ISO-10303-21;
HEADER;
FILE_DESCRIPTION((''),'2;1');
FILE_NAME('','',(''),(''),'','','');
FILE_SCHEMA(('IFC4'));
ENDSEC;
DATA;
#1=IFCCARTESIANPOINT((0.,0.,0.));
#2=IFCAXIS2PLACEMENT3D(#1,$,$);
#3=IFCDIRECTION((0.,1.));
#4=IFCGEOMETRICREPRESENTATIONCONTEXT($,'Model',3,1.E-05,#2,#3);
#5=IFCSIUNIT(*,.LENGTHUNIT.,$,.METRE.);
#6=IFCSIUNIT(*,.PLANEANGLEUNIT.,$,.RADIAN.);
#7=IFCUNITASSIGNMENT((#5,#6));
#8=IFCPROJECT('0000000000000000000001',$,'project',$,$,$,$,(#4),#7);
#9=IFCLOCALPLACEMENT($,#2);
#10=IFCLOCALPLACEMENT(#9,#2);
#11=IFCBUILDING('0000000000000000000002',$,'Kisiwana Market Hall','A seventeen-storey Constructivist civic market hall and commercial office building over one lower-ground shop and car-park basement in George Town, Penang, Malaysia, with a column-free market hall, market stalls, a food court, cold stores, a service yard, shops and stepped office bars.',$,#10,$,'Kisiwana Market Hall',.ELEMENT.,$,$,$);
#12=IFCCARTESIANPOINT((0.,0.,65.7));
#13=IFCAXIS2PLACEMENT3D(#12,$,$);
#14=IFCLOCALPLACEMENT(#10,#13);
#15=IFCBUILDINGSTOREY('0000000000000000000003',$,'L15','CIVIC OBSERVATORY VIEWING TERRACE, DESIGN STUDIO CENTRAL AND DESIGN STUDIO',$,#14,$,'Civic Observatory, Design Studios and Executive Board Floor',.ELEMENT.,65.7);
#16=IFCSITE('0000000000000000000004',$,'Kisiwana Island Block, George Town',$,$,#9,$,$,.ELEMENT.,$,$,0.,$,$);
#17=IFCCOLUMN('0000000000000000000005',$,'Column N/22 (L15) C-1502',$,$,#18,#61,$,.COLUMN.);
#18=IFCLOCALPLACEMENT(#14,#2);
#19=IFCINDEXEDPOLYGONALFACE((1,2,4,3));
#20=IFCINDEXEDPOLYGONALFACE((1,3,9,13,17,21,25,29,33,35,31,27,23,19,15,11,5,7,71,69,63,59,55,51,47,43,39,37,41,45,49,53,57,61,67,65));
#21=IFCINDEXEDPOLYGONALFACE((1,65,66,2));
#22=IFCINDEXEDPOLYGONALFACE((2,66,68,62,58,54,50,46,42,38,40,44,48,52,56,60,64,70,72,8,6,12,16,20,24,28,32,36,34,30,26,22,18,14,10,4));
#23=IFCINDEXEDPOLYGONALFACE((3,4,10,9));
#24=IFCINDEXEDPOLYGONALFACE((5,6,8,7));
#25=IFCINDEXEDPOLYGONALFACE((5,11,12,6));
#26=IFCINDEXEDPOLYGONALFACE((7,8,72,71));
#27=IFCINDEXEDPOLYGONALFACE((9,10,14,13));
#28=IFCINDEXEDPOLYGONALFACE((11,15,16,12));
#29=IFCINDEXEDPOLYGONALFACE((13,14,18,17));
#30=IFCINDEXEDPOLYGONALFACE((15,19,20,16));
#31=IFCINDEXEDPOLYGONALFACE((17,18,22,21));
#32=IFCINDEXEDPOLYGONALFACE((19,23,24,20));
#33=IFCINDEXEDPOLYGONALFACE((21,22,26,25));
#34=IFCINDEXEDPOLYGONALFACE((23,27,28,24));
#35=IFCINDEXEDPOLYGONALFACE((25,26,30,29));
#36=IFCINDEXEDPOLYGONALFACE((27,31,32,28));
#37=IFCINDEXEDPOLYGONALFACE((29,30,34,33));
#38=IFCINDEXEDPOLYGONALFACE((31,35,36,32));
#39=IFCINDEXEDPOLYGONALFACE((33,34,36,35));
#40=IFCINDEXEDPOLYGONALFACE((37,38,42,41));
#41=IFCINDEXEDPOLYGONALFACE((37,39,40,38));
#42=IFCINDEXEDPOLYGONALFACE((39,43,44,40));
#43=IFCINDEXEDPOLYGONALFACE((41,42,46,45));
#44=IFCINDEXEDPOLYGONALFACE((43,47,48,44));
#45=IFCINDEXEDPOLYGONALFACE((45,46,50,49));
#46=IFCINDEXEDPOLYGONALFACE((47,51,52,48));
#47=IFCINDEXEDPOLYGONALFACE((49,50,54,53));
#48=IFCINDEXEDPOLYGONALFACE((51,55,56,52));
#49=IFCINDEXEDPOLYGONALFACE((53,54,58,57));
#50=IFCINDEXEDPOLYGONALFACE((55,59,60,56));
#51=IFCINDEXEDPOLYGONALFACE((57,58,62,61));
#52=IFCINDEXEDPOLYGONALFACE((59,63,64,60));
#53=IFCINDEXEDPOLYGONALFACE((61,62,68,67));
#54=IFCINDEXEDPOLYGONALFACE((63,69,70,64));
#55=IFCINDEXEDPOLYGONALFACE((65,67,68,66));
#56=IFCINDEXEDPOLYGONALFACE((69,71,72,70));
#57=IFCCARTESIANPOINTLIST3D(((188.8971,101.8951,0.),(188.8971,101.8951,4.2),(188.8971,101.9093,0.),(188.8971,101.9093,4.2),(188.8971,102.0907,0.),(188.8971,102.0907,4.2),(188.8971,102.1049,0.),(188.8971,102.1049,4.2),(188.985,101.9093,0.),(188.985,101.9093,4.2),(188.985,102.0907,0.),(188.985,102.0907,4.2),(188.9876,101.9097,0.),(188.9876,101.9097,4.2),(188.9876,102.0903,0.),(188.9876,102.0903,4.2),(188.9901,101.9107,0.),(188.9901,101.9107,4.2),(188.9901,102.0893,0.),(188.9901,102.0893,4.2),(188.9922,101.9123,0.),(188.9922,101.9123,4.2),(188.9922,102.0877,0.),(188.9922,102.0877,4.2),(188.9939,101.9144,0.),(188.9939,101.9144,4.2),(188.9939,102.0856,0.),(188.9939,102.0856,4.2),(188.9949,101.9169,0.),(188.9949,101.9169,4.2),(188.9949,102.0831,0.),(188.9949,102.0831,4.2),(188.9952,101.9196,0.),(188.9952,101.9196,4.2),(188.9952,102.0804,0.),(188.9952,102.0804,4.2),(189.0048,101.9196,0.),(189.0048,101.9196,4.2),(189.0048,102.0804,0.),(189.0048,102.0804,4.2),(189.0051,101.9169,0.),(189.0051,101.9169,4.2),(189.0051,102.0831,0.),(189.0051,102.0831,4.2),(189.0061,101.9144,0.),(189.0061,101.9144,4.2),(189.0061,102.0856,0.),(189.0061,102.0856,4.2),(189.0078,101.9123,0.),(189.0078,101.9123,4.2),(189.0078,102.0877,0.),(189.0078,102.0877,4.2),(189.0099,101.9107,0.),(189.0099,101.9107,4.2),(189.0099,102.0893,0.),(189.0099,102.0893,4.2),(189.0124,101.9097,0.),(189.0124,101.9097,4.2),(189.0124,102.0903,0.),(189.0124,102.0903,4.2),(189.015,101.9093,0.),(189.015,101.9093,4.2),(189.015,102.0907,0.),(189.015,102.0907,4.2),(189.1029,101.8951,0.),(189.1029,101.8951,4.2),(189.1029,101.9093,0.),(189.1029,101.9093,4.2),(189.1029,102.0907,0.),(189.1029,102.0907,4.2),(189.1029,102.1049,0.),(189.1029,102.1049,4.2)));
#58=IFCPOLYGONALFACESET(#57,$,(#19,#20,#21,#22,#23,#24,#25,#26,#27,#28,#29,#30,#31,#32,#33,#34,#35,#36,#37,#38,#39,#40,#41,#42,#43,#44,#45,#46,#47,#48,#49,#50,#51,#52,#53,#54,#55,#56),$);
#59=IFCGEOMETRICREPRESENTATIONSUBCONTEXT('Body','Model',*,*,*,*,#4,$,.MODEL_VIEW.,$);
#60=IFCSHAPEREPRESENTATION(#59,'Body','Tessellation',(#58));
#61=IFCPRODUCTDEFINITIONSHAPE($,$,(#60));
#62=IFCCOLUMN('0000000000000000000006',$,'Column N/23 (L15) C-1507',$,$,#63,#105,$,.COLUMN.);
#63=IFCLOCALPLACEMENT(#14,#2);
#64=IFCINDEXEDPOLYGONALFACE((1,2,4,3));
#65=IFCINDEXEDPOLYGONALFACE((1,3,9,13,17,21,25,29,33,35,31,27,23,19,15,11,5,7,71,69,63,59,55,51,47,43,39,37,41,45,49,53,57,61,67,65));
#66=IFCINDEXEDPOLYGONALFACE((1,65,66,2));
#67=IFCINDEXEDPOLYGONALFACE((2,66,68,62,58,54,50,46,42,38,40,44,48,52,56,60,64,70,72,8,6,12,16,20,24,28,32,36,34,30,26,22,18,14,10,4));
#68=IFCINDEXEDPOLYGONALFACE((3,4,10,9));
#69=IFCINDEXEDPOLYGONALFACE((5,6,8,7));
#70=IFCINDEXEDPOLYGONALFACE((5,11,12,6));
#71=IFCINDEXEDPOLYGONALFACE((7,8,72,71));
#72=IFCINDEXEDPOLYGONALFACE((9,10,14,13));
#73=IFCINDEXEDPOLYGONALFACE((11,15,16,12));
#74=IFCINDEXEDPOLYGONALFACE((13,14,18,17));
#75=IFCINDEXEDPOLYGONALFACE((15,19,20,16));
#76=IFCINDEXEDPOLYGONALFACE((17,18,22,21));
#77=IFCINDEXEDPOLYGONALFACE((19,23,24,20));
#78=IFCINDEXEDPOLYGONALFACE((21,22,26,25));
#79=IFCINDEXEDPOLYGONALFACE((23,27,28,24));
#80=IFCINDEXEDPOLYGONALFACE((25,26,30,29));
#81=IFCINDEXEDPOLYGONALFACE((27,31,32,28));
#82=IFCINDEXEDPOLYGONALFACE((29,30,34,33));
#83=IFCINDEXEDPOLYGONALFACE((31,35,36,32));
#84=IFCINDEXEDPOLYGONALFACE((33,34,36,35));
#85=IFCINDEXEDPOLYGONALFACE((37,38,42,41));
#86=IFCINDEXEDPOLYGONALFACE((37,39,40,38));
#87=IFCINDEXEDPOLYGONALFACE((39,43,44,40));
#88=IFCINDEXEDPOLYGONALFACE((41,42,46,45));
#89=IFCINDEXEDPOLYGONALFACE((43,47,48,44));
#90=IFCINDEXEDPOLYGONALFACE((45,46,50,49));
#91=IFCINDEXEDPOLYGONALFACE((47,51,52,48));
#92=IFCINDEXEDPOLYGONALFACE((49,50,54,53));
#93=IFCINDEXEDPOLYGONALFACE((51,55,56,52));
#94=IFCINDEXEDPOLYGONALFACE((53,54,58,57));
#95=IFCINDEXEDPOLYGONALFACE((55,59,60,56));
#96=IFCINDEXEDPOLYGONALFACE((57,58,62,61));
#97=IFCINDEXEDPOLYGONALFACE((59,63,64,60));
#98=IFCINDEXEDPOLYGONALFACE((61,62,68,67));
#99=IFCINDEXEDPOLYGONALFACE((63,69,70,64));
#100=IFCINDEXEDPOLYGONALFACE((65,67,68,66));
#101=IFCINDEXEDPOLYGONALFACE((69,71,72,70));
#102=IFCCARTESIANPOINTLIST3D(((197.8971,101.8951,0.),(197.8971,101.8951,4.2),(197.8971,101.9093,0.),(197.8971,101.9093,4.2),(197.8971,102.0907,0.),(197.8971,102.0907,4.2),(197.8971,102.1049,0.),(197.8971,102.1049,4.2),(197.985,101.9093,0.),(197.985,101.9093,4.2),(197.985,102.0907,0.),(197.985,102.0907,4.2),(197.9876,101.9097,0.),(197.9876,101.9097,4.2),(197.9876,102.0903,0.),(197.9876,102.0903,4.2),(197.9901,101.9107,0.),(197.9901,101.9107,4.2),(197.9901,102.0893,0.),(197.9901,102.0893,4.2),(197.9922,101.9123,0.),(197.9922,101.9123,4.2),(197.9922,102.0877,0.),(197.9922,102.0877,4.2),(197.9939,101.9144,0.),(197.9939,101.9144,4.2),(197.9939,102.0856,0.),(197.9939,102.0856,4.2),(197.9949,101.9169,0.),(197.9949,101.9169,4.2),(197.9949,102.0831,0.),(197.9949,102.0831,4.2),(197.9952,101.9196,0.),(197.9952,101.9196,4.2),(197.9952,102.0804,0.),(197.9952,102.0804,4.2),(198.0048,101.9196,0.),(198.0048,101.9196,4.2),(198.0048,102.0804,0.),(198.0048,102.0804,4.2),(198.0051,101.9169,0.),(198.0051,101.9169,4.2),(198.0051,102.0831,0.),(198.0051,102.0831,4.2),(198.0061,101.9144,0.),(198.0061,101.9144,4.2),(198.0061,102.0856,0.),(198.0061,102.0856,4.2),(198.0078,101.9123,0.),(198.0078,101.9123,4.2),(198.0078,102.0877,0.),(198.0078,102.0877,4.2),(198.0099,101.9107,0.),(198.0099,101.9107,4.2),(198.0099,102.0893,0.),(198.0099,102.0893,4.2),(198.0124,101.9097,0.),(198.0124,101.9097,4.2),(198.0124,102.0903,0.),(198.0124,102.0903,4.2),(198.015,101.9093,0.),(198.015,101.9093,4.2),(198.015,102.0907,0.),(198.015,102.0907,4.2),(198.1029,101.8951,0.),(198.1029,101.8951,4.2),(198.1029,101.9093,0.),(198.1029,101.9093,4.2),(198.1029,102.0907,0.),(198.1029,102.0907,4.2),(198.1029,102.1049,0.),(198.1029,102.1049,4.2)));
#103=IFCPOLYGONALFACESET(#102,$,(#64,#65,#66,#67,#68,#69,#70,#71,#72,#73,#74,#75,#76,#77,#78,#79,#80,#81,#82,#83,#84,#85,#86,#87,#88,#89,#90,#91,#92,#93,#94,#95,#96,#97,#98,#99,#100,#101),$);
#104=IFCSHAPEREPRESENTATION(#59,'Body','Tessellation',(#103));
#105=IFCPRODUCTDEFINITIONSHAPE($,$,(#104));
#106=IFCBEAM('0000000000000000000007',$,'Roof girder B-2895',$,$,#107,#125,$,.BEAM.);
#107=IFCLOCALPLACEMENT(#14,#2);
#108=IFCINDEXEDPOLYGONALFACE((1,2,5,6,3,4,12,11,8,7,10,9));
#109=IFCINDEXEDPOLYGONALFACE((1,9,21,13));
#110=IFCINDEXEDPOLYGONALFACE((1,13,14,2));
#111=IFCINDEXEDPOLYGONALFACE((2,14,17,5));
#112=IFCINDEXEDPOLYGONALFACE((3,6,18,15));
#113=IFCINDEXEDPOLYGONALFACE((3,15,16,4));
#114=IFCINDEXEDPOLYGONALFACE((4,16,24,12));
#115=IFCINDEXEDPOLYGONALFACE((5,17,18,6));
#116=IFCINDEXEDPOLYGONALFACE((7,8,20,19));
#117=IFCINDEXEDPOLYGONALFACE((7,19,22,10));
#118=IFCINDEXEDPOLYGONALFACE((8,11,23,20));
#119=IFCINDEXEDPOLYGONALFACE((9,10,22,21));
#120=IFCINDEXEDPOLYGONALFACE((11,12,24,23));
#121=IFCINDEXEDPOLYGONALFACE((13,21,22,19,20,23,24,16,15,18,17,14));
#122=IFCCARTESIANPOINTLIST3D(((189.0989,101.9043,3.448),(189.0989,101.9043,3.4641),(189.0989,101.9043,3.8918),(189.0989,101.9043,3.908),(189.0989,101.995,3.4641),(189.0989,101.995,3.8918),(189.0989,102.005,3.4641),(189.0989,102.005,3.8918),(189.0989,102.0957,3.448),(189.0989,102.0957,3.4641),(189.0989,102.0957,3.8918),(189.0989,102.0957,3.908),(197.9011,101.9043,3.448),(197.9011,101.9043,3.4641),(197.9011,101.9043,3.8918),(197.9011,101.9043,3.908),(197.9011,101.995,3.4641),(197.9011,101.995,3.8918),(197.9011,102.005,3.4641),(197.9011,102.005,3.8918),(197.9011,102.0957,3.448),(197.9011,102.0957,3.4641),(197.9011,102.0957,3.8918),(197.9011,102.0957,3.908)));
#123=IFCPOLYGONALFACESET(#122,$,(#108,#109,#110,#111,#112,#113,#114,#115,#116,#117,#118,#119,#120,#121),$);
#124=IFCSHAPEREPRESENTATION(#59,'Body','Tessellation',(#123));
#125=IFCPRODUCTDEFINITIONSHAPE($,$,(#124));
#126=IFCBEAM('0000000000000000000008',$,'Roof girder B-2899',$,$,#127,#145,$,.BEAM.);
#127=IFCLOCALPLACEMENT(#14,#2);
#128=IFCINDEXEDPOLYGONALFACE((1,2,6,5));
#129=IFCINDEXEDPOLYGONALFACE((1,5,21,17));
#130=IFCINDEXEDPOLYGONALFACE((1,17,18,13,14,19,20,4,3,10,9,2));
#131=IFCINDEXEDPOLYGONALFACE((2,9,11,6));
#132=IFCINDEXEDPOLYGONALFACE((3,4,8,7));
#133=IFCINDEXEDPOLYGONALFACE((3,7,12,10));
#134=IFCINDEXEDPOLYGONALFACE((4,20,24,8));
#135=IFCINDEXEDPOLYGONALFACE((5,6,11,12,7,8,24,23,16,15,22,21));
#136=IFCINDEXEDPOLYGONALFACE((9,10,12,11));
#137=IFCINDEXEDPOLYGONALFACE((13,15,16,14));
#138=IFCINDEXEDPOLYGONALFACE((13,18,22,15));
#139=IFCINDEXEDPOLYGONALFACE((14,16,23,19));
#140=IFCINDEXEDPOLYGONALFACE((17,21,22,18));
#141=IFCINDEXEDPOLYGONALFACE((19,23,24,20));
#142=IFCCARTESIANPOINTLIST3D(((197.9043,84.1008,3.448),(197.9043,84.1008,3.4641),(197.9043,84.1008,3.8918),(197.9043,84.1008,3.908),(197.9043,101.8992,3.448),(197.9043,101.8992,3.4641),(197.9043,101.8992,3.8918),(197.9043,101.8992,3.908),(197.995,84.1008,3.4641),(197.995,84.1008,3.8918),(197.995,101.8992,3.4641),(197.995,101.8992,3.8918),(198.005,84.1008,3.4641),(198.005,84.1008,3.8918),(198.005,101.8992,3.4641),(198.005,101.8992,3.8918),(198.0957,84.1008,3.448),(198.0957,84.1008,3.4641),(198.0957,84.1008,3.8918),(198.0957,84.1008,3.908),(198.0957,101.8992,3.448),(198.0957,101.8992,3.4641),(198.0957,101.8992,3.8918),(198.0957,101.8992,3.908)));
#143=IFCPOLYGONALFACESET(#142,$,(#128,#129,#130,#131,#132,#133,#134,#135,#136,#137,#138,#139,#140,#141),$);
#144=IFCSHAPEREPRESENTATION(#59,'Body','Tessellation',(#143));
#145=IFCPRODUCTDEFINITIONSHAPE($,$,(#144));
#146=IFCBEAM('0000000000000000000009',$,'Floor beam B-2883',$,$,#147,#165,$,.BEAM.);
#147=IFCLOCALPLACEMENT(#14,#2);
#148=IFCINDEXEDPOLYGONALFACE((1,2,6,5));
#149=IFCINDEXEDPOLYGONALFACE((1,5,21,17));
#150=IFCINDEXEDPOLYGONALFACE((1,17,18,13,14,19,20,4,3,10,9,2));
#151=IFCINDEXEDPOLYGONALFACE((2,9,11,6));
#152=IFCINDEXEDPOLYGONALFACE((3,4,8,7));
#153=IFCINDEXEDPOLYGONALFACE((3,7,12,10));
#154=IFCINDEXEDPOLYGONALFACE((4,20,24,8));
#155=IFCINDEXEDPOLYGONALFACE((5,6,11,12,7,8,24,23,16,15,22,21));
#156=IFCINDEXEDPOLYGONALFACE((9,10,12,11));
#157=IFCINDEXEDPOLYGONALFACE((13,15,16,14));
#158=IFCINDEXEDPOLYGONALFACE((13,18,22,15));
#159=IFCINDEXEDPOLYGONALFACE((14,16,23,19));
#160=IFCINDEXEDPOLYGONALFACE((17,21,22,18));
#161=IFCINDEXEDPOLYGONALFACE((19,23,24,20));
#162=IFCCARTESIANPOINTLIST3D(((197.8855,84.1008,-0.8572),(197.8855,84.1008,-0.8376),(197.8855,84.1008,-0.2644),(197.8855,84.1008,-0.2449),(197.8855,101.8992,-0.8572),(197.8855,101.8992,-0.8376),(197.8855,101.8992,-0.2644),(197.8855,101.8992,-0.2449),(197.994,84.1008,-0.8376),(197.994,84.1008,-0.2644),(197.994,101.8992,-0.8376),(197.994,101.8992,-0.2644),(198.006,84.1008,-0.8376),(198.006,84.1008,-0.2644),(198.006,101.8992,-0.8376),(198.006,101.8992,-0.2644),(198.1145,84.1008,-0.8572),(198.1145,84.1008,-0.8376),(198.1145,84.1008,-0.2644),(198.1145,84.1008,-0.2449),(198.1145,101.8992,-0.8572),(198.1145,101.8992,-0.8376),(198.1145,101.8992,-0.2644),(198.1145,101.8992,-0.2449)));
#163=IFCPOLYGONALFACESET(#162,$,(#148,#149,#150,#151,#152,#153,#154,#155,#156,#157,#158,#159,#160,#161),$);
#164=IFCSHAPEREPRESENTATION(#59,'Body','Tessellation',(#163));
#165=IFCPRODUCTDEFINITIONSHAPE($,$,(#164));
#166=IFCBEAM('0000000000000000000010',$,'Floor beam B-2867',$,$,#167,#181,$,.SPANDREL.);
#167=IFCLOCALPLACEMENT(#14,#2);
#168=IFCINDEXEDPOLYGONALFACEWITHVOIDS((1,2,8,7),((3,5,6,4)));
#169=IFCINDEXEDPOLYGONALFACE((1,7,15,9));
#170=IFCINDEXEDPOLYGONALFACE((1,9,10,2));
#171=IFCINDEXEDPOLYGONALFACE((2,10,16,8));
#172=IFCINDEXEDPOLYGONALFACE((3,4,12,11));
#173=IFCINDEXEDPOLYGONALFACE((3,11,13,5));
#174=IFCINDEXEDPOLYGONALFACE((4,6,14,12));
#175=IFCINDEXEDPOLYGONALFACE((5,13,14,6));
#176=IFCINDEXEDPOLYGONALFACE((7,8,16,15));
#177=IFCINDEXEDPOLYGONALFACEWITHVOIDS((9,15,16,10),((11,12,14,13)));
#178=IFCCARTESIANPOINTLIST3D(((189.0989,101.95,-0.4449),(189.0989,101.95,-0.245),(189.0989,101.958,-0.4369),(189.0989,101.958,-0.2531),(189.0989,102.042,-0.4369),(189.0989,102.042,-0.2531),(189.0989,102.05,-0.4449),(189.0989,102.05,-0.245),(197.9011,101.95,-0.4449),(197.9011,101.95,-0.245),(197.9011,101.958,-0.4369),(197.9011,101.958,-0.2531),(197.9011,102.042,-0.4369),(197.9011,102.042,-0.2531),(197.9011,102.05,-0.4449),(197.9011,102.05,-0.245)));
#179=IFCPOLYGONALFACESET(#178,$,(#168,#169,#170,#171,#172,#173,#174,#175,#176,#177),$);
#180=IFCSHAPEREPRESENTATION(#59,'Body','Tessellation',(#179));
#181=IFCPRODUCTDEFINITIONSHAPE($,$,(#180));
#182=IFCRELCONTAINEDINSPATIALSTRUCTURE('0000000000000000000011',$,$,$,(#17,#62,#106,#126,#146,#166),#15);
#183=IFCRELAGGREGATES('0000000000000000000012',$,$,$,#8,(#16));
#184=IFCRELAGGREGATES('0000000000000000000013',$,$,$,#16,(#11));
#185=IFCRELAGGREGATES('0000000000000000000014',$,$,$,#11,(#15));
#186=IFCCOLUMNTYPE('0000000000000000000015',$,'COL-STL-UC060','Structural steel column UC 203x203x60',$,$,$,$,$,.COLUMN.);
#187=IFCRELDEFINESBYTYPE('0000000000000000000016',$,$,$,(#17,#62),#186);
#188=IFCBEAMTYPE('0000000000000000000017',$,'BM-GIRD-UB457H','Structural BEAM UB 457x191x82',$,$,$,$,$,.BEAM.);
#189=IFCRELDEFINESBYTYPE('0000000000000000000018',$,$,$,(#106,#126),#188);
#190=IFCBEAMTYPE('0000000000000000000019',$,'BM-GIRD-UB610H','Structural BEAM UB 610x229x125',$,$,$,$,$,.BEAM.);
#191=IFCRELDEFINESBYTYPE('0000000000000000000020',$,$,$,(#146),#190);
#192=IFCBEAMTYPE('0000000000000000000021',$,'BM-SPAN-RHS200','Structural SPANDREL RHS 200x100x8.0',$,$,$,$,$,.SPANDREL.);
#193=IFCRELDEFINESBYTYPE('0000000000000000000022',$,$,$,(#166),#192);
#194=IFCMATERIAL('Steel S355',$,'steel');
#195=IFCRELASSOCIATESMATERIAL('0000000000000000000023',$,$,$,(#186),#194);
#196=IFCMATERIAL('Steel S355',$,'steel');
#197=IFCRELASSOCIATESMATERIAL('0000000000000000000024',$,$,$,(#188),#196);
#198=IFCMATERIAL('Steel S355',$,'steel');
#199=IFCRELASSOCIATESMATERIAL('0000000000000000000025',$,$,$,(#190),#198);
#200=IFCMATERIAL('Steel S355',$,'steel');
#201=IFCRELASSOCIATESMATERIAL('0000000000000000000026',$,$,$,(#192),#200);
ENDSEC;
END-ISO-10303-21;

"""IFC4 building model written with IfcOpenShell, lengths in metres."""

from ifc_helpers import new_model, si_unit, direction, frame, origin, origin_2d, place, context, subcontext, project, spatial, hollow_rectangle, i_section, extrude, material, material_profile, profile_set, type_object, element, save


model = new_model("IFC4")

# Units and contexts
model_context = context("Model", 3, precision=1e-05, world=origin(), true_north=direction((0.0, 1.0)))
body_context = subcontext(model_context, "Body", "Model", "MODEL_VIEW")
ifc_project = project(units=[si_unit("LENGTHUNIT", "METRE"), si_unit("PLANEANGLEUNIT", "RADIAN")], contexts=[model_context])

# Site, building, storey
site_placement = place(None, origin())
site = spatial("IfcSite", under=ifc_project, at=site_placement, Name="Kisiwana Island Block, George Town", CompositionType="ELEMENT", RefElevation=0.0)
building_placement = place(site_placement, origin())
building = spatial("IfcBuilding", under=site, at=building_placement, Name="Kisiwana Market Hall", Description="A seventeen-storey Constructivist civic market hall and commercial office building over one lower-ground shop and car-park basement in George Town, Penang, Malaysia, with a column-free market hall, market stalls, a food court, cold stores, a service yard, shops and stepped office bars.", LongName="Kisiwana Market Hall", CompositionType="ELEMENT")
storey_placement = place(building_placement, frame((0.0, 0.0, 65.7)))
storey = spatial("IfcBuildingStorey", under=building, at=storey_placement, Name="L15", Description="CIVIC OBSERVATORY VIEWING TERRACE, DESIGN STUDIO CENTRAL AND DESIGN STUDIO", LongName="Civic Observatory, Design Studios and Executive Board Floor", CompositionType="ELEMENT", Elevation=65.7)

# Columns
ifc_material_1 = material(Name="Steel S355", Category="steel")
ifc_material_profile_1 = material_profile(ifc_material_1, i_section(OverallWidth=0.2058, OverallDepth=0.2097, WebThickness=0.0095, FlangeThickness=0.0142, FilletRadius=0.0103, at=origin_2d()), Name="UC 203x203x60")
ifc_profile_set_1 = profile_set([ifc_material_profile_1], Name="Steel S355")
column_type = type_object("IfcColumnType", Name="COL-STL-UC060", Description="Structural steel column UC 203x203x60", PredefinedType="COLUMN", material=ifc_profile_set_1)
for number, where, z_axis, x_axis, name in (
    (1, (189.0, 102.0, 0.0), (0.0, 0.0, 1.0), (1.0, 0.0, 0.0), "Column N/22 (L15) C-1502"),
    (2, (198.0, 102.0, 0.0), (0.0, 0.0, 1.0), (1.0, 0.0, 0.0), "Column N/23 (L15) C-1507"),
):
    element("IfcColumn", number, at=place(storey_placement, frame(where, z_axis=z_axis, x_axis=x_axis)), inside=storey, type_object=column_type, Name=name, PredefinedType="COLUMN", context=body_context, shape_type="SweptSolid", body=[
        extrude(i_section(OverallWidth=0.2058, OverallDepth=0.2097, WebThickness=0.0095, FlangeThickness=0.0142, FilletRadius=0.0103, at=origin_2d()), origin(), (0.0, 0.0, 1.0), 4.2),
    ])

# Beams
ifc_material_2 = material(Name="Steel S355", Category="steel")
ifc_material_profile_2 = material_profile(ifc_material_2, i_section(OverallWidth=0.1914, OverallDepth=0.46, WebThickness=0.01, FlangeThickness=0.0161, at=origin_2d()), Name="UB 457x191x82")
ifc_profile_set_2 = profile_set([ifc_material_profile_2], Name="Steel S355")
beam_type_1 = type_object("IfcBeamType", Name="BM-GIRD-UB457H", Description="Structural BEAM UB 457x191x82", PredefinedType="BEAM", material=ifc_profile_set_2)
beam_1_placement = place(storey_placement, frame((189.0989, 102.0, 3.678), z_axis=(1.0, 0.0, 0.0), x_axis=(0.0, 1.0, 0.0)))
element("IfcBeam", 3, at=beam_1_placement, inside=storey, type_object=beam_type_1, Name="Roof girder B-2895", PredefinedType="BEAM", context=body_context, shape_type="SweptSolid", body=[
    extrude(i_section(OverallWidth=0.1914, OverallDepth=0.46, WebThickness=0.01, FlangeThickness=0.0161, at=origin_2d()), origin(), (0.0, 0.0, 1.0), 8.8022),
])
beam_2_placement = place(storey_placement, frame((198.0, 84.1008, 3.678), z_axis=(0.0, 1.0, 0.0), x_axis=(-1.0, 0.0, 0.0)))
element("IfcBeam", 4, at=beam_2_placement, inside=storey, type_object=beam_type_1, Name="Roof girder B-2899", PredefinedType="BEAM", context=body_context, shape_type="SweptSolid", body=[
    extrude(i_section(OverallWidth=0.1914, OverallDepth=0.46, WebThickness=0.01, FlangeThickness=0.0161, at=origin_2d()), origin(), (0.0, 0.0, 1.0), 17.7983),
])
ifc_material_3 = material(Name="Steel S355", Category="steel")
ifc_material_profile_3 = material_profile(ifc_material_3, i_section(OverallWidth=0.229, OverallDepth=0.6123, WebThickness=0.012, FlangeThickness=0.0195, at=origin_2d()), Name="UB 610x229x125")
ifc_profile_set_3 = profile_set([ifc_material_profile_3], Name="Steel S355")
beam_type_2 = type_object("IfcBeamType", Name="BM-GIRD-UB610H", Description="Structural BEAM UB 610x229x125", PredefinedType="BEAM", material=ifc_profile_set_3)
beam_3_placement = place(storey_placement, frame((198.0, 84.1008, -0.551), z_axis=(0.0, 1.0, 0.0), x_axis=(-1.0, 0.0, 0.0)))
element("IfcBeam", 5, at=beam_3_placement, inside=storey, type_object=beam_type_2, Name="Floor beam B-2883", PredefinedType="BEAM", context=body_context, shape_type="SweptSolid", body=[
    extrude(i_section(OverallWidth=0.229, OverallDepth=0.6123, WebThickness=0.012, FlangeThickness=0.0195, at=origin_2d()), origin(), (0.0, 0.0, 1.0), 17.7983),
])
ifc_material_4 = material(Name="Steel S355", Category="steel")
ifc_material_profile_4 = material_profile(ifc_material_4, hollow_rectangle(XDim=0.1001, YDim=0.2, WallThickness=0.0081, at=origin_2d()), Name="RHS 200x100x8.0")
ifc_profile_set_4 = profile_set([ifc_material_profile_4], Name="Steel S355")
beam_type_3 = type_object("IfcBeamType", Name="BM-SPAN-RHS200", Description="Structural SPANDREL RHS 200x100x8.0", PredefinedType="SPANDREL", material=ifc_profile_set_4)
beam_4_placement = place(storey_placement, frame((189.0989, 102.0, -0.345), z_axis=(1.0, 0.0, 0.0), x_axis=(0.0, 1.0, 0.0)))
element("IfcBeam", 6, at=beam_4_placement, inside=storey, type_object=beam_type_3, Name="Floor beam B-2867", PredefinedType="SPANDREL", context=body_context, shape_type="SweptSolid", body=[
    extrude(hollow_rectangle(XDim=0.1001, YDim=0.2, WallThickness=0.0081, at=origin_2d()), origin(), (0.0, 0.0, 1.0), 8.8022),
])

save(model, "model.ifc")
